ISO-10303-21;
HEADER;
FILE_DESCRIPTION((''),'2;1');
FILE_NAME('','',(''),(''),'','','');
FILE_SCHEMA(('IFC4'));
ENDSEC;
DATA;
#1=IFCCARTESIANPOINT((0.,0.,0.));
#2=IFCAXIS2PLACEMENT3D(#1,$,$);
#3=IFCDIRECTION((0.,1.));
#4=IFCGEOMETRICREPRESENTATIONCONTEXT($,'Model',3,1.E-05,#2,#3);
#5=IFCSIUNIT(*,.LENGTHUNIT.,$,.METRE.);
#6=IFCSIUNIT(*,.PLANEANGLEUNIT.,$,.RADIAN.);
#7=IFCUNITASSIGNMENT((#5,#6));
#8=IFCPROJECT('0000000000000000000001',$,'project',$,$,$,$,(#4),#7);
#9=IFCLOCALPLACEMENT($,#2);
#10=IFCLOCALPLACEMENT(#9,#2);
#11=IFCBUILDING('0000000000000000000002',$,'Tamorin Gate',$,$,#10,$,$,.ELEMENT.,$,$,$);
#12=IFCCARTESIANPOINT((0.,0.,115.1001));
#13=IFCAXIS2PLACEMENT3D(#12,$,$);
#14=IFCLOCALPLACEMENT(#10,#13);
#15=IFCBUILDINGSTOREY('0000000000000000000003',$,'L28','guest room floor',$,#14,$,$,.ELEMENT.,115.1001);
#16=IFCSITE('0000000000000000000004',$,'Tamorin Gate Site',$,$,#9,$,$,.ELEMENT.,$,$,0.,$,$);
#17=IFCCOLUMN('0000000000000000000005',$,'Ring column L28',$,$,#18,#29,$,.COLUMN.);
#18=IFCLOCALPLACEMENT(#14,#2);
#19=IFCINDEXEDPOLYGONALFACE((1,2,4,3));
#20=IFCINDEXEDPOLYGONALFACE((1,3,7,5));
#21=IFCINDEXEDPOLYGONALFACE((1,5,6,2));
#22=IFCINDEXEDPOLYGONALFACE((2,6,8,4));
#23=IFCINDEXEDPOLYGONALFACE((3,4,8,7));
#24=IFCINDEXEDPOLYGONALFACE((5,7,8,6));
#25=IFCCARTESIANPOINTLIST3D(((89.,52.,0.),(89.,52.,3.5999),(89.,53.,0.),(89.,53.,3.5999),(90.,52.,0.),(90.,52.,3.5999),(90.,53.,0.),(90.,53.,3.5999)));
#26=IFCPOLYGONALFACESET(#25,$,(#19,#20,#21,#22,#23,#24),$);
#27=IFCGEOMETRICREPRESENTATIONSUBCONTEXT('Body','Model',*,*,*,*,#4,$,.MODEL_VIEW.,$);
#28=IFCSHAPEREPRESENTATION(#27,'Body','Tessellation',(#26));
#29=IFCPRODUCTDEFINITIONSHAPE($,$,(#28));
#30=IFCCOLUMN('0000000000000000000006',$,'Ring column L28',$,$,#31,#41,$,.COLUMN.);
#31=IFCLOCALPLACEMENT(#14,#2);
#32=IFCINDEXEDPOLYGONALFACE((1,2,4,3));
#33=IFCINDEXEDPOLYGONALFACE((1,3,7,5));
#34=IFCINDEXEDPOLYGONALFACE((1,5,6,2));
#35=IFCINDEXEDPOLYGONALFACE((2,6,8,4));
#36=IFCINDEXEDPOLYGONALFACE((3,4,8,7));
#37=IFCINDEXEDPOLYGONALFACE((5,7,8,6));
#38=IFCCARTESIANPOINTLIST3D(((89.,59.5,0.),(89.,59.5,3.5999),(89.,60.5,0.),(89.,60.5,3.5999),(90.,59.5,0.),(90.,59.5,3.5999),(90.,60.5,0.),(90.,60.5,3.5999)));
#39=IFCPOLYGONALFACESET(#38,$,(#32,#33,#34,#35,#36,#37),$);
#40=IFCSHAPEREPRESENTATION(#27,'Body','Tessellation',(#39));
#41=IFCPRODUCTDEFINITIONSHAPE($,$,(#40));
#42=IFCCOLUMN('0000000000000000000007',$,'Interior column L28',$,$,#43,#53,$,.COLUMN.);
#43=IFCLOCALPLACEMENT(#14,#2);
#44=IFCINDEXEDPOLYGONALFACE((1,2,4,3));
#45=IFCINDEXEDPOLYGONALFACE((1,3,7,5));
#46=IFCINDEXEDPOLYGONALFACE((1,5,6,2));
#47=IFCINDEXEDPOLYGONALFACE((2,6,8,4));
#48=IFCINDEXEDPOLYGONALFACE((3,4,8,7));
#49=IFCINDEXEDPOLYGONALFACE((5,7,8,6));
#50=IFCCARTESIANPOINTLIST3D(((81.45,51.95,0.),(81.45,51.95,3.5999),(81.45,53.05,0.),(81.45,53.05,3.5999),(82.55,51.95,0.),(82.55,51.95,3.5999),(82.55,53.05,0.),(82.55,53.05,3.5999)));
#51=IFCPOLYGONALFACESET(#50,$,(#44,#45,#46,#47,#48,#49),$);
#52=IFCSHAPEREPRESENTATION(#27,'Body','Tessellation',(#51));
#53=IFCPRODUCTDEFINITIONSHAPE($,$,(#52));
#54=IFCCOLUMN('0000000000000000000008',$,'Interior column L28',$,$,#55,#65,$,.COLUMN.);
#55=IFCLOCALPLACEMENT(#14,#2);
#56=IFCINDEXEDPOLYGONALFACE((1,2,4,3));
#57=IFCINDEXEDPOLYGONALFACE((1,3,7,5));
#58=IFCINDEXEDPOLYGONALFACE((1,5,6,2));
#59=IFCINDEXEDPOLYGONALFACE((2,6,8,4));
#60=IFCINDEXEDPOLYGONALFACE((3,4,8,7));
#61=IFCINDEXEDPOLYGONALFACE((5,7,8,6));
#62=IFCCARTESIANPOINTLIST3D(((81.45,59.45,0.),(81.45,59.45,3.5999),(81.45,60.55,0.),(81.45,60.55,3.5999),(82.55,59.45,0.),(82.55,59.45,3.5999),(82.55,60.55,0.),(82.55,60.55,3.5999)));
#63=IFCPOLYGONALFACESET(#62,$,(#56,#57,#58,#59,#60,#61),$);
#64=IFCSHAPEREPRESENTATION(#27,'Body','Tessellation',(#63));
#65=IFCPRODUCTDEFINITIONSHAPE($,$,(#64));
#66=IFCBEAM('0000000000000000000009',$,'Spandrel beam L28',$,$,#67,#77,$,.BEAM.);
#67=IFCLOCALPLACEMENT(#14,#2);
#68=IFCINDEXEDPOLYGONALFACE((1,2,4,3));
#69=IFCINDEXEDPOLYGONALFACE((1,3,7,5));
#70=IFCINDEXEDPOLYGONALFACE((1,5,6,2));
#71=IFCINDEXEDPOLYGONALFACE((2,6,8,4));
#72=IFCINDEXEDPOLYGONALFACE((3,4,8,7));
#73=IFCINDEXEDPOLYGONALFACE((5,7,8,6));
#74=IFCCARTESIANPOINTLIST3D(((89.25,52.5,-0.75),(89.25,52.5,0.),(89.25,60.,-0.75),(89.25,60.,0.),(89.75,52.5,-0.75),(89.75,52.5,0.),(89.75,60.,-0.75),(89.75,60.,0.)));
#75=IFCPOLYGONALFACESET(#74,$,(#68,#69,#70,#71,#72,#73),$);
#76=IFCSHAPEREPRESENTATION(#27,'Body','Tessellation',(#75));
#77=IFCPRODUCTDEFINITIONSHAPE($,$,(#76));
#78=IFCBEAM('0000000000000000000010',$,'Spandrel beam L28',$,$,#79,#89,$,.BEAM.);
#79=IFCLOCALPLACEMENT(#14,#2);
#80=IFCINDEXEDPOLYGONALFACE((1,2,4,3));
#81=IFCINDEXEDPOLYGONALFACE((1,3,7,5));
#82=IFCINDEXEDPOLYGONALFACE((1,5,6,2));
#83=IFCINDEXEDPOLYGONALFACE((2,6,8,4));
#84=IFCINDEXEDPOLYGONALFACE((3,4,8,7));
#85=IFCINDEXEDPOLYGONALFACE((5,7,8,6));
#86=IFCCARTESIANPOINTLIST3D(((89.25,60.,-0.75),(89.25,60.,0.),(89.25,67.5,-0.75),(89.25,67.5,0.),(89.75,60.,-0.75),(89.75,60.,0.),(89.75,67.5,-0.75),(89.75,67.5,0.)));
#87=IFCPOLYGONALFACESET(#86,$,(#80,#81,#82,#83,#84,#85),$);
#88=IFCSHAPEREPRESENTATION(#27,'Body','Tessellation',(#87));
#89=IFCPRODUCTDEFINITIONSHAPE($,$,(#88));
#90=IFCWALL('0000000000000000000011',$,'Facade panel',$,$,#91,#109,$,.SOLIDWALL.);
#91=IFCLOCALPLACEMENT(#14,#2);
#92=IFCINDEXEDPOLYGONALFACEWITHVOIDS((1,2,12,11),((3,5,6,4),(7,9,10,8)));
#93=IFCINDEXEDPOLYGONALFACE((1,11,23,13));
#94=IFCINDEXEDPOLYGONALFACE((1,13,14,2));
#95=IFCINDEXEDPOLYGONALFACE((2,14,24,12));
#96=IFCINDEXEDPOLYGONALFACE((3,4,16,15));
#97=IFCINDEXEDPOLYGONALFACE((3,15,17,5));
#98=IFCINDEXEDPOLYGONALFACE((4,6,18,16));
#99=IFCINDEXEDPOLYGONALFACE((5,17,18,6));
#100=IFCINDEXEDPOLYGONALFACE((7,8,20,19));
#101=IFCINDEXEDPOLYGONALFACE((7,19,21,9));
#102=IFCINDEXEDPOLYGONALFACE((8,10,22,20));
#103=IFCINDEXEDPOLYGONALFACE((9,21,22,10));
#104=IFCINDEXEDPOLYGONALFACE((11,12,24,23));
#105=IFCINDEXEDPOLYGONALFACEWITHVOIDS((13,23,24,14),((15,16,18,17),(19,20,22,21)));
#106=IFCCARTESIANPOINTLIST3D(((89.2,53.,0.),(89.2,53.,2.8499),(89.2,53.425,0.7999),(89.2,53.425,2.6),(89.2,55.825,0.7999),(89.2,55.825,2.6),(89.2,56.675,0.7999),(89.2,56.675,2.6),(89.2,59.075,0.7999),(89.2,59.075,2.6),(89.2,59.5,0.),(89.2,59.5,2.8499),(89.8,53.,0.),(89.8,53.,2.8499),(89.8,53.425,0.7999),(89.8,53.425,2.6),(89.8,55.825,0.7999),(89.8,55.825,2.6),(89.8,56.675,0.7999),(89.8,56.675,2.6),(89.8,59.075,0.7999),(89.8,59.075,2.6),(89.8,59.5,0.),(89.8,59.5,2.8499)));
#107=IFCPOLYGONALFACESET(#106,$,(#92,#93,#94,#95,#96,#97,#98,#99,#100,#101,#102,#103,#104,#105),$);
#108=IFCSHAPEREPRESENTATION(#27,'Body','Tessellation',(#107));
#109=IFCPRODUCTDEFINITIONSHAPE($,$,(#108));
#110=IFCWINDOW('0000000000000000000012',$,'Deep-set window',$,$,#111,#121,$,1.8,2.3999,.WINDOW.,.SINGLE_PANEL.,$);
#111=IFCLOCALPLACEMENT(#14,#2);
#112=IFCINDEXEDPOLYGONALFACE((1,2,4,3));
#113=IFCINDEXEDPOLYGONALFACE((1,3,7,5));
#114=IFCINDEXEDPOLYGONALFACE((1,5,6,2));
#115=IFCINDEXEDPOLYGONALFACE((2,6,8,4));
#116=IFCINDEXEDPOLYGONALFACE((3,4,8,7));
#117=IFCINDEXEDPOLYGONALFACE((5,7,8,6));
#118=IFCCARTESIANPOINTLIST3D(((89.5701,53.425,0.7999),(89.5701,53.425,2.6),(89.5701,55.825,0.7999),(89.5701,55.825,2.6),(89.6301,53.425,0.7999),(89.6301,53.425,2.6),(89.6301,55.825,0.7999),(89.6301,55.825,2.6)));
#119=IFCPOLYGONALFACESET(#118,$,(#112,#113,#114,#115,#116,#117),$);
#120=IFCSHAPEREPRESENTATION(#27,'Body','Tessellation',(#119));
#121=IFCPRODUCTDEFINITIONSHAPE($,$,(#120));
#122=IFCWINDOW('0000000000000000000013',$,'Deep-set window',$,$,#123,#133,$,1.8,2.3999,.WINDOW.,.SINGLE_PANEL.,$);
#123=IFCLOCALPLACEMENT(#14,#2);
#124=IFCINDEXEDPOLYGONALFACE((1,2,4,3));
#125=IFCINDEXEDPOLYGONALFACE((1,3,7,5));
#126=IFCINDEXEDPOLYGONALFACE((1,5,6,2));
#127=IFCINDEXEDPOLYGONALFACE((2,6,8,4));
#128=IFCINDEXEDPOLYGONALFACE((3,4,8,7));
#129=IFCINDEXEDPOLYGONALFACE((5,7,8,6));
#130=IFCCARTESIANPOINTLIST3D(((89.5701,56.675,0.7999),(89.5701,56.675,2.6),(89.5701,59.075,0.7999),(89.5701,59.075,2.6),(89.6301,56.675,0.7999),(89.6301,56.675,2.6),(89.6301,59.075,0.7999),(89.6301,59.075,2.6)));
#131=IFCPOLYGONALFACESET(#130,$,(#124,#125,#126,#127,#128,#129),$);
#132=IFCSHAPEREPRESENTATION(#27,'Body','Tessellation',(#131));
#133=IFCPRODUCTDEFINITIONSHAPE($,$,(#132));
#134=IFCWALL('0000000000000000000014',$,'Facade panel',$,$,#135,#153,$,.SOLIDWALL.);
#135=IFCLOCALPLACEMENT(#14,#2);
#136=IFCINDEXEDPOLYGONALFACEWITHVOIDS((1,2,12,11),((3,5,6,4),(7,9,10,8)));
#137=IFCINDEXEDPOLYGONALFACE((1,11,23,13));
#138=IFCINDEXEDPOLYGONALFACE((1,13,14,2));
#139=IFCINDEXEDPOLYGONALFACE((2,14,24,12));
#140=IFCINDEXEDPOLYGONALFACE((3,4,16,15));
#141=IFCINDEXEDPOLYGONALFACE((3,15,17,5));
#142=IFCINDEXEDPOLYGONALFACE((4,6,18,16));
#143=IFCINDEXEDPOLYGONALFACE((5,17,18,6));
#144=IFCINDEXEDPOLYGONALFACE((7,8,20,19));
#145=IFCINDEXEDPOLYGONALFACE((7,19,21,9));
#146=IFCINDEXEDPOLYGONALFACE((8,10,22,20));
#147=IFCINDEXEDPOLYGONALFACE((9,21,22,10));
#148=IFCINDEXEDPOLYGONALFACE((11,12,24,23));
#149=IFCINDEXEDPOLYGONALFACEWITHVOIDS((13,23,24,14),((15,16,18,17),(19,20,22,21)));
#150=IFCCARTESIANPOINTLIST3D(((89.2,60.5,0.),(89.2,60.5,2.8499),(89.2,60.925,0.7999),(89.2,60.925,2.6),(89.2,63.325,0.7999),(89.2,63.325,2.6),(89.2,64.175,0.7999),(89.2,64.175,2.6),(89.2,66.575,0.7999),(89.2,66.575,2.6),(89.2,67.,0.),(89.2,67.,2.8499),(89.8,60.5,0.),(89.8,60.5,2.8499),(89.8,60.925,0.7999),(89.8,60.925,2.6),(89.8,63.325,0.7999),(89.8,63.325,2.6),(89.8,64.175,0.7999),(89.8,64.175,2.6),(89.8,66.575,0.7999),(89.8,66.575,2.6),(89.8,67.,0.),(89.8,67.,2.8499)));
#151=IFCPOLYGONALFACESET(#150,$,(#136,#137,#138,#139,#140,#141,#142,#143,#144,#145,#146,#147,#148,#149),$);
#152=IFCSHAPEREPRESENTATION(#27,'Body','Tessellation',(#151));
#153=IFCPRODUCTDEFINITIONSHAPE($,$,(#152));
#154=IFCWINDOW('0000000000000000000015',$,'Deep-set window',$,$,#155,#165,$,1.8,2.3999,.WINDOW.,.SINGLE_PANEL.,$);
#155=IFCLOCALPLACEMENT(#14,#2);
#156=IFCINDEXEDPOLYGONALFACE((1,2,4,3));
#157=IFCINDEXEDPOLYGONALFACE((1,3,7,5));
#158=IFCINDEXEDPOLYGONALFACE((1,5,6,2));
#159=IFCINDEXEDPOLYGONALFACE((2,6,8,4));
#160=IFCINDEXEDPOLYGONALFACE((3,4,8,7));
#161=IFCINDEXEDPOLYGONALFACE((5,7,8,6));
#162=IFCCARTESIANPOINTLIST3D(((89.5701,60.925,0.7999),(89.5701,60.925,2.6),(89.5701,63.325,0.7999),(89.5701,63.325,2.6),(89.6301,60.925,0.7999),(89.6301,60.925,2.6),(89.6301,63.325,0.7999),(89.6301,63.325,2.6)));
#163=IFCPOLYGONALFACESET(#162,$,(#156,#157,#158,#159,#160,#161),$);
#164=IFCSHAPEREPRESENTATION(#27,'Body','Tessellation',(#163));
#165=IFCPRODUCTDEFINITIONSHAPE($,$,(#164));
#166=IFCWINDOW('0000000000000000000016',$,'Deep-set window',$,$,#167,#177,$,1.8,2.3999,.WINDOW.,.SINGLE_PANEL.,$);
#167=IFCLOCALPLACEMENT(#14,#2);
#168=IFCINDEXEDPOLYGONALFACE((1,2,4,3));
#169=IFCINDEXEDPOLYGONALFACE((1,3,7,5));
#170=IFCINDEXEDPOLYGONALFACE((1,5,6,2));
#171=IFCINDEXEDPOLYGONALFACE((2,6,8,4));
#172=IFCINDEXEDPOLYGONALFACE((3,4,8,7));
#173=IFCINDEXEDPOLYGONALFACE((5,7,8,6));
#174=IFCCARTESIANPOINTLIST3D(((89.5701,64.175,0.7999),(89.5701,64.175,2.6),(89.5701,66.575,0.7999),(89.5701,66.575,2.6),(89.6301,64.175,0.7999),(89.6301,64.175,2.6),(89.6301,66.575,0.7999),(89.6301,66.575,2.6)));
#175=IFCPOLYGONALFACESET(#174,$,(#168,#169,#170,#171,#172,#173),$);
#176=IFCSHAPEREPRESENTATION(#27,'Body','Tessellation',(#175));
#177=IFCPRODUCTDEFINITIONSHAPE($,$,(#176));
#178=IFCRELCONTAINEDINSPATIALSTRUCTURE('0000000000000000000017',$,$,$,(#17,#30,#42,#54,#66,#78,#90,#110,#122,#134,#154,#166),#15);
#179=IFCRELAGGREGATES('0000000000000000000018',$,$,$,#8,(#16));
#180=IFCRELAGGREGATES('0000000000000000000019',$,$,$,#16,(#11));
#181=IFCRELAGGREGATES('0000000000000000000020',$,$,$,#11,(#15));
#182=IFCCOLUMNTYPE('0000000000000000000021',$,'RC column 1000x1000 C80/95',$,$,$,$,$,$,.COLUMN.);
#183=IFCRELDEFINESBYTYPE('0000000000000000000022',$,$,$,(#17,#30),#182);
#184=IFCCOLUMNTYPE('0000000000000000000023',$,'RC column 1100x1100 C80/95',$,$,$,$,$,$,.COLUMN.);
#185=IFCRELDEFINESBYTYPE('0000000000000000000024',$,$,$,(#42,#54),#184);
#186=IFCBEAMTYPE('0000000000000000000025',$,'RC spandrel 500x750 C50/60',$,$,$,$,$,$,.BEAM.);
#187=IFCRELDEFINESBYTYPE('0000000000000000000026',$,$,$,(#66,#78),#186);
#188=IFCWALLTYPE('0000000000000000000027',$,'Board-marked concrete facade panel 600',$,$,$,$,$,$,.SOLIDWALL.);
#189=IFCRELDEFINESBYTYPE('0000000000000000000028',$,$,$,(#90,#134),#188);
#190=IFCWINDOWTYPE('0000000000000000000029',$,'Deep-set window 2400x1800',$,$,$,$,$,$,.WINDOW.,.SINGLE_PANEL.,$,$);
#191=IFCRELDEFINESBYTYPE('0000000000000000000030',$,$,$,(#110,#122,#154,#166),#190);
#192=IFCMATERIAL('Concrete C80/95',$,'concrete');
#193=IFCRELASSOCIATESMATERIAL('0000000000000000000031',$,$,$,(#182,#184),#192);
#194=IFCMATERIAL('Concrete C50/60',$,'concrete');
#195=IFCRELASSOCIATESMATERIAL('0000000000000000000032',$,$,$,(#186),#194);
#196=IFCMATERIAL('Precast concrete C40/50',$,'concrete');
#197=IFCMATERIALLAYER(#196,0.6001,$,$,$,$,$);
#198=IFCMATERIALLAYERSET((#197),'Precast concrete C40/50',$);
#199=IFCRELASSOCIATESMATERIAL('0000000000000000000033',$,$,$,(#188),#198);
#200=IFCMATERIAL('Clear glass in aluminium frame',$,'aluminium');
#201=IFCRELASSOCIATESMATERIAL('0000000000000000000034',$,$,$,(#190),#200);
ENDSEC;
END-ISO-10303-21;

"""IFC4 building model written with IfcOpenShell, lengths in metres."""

from ifc_helpers import new_model, si_unit, direction, frame, frame_2d, origin, origin_2d, place, context, subcontext, project, spatial, rectangle, extrude, material, layer, layer_set, material_profile, profile_set, type_object, element, fill, save


model = new_model("IFC4")

# Units and contexts
model_context = context("Model", 3, precision=1e-05, world=origin(), true_north=direction((0.0, 1.0)))
body_context = subcontext(model_context, "Body", "Model", "MODEL_VIEW")
ifc_project = project(units=[si_unit("LENGTHUNIT", "METRE"), si_unit("PLANEANGLEUNIT", "RADIAN")], contexts=[model_context])

# Site, building, storey
site_placement = place(None, origin())
site = spatial("IfcSite", under=ifc_project, at=site_placement, Name="Tamorin Gate Site", CompositionType="ELEMENT", RefElevation=0.0)
building_placement = place(site_placement, origin())
building = spatial("IfcBuilding", under=site, at=building_placement, Name="Tamorin Gate", CompositionType="ELEMENT")
storey_placement = place(building_placement, frame((0.0, 0.0, 115.1001)))
storey = spatial("IfcBuildingStorey", under=building, at=storey_placement, Name="L28", Description="guest room floor", CompositionType="ELEMENT", Elevation=115.1001)

# Columns
ifc_material_1 = material(Name="Concrete C80/95", Category="concrete")
ifc_material_profile_1 = material_profile(ifc_material_1, rectangle(XDim=1.0, YDim=1.0, at=origin_2d()), Name="RC 1000x1000")
ifc_profile_set_1 = profile_set([ifc_material_profile_1], Name="Concrete C80/95")
column_type_1 = type_object("IfcColumnType", Name="RC column 1000x1000 C80/95", PredefinedType="COLUMN", material=ifc_profile_set_1)
for number, where, z_axis, x_axis, name in (
    (1, (89.5, 52.5, 0.0), (0.0, 0.0, 1.0), (1.0, 0.0, 0.0), "Ring column L28"),
    (2, (89.5, 60.0, 0.0), (0.0, 0.0, 1.0), (1.0, 0.0, 0.0), "Ring column L28"),
):
    element("IfcColumn", number, at=place(storey_placement, frame(where, z_axis=z_axis, x_axis=x_axis)), inside=storey, type_object=column_type_1, Name=name, PredefinedType="COLUMN", context=body_context, shape_type="SweptSolid", body=[
        extrude(rectangle(XDim=1.0, YDim=1.0, at=origin_2d()), origin(), (0.0, 0.0, 1.0), 3.5999),
    ])
ifc_material_profile_2 = material_profile(ifc_material_1, rectangle(XDim=1.1001, YDim=1.1001, at=origin_2d()), Name="RC 1100x1100")
ifc_profile_set_2 = profile_set([ifc_material_profile_2], Name="Concrete C80/95")
column_type_2 = type_object("IfcColumnType", Name="RC column 1100x1100 C80/95", PredefinedType="COLUMN", material=ifc_profile_set_2)
for number, where, z_axis, x_axis, name in (
    (3, (82.0, 52.5, 0.0), (0.0, 0.0, 1.0), (1.0, 0.0, 0.0), "Interior column L28"),
    (4, (82.0, 60.0, 0.0), (0.0, 0.0, 1.0), (1.0, 0.0, 0.0), "Interior column L28"),
):
    element("IfcColumn", number, at=place(storey_placement, frame(where, z_axis=z_axis, x_axis=x_axis)), inside=storey, type_object=column_type_2, Name=name, PredefinedType="COLUMN", context=body_context, shape_type="SweptSolid", body=[
        extrude(rectangle(XDim=1.1001, YDim=1.1001, at=origin_2d()), origin(), (0.0, 0.0, 1.0), 3.5999),
    ])

# Beams
ifc_material_2 = material(Name="Concrete C50/60", Category="concrete")
ifc_material_profile_3 = material_profile(ifc_material_2, rectangle(XDim=0.5, YDim=0.75, at=origin_2d()), Name="RC 500x750")
ifc_profile_set_3 = profile_set([ifc_material_profile_3], Name="Concrete C50/60")
beam_type = type_object("IfcBeamType", Name="RC spandrel 500x750 C50/60", PredefinedType="BEAM", material=ifc_profile_set_3)
for number, where, z_axis, x_axis, name in (
    (5, (89.5, 52.5, -0.375), (0.0, 1.0, 0.0), (-1.0, 0.0, 0.0), "Spandrel beam L28"),
    (6, (89.5, 60.0, -0.375), (0.0, 1.0, 0.0), (-1.0, 0.0, 0.0), "Spandrel beam L28"),
):
    element("IfcBeam", number, at=place(storey_placement, frame(where, z_axis=z_axis, x_axis=x_axis)), inside=storey, type_object=beam_type, Name=name, PredefinedType="BEAM", context=body_context, shape_type="SweptSolid", body=[
        extrude(rectangle(XDim=0.5, YDim=0.75, at=origin_2d()), origin(), (0.0, 0.0, 1.0), 7.5),
    ])

# Walls, openings, windows
ifc_material_3 = material(Name="Precast concrete C40/50", Category="concrete")
ifc_layer_1 = layer(ifc_material_3, 0.6001)
ifc_layer_set_1 = layer_set([ifc_layer_1], Name="Precast concrete C40/50")
wall_type_1 = type_object("IfcWallType", Name="Board-marked concrete facade panel 600", PredefinedType="SOLIDWALL", material=ifc_layer_set_1)
wall_1_placement = place(storey_placement, frame((89.5, 53.0, 0.0), z_axis=(0.0, 0.0, 1.0), x_axis=(0.0, 1.0, 0.0)))
wall_1 = element("IfcWall", 7, at=wall_1_placement, inside=storey, type_object=wall_type_1, Name="Facade panel", PredefinedType="SOLIDWALL", context=body_context, shape_type="SweptSolid", body=[
    extrude(rectangle(XDim=6.5, YDim=0.6001, at=frame_2d((3.25, 0.0))), origin(), (0.0, 0.0, 1.0), 2.8499),
])
opening_1_placement = place(wall_1_placement, frame((0.425, 0.0, 0.8)))
opening_1 = element("IfcOpeningElement", 8, at=opening_1_placement, cuts=wall_1, PredefinedType="OPENING", context=body_context, shape_type="SweptSolid", body=[
    extrude(rectangle(XDim=2.3999, YDim=1.8, at=frame_2d((1.2, 0.8999))), frame((0.0, 0.3101, 0.0), z_axis=(0.0, -1.0, 0.0), x_axis=(1.0, 0.0, 0.0)), (0.0, 0.0, 1.0), 0.6201),
])
opening_2_placement = place(wall_1_placement, frame((3.675, 0.0, 0.8)))
opening_2 = element("IfcOpeningElement", 9, at=opening_2_placement, cuts=wall_1, PredefinedType="OPENING", context=body_context, shape_type="SweptSolid", body=[
    extrude(rectangle(XDim=2.3999, YDim=1.8, at=frame_2d((1.2, 0.8999))), frame((0.0, 0.3101, 0.0), z_axis=(0.0, -1.0, 0.0), x_axis=(1.0, 0.0, 0.0)), (0.0, 0.0, 1.0), 0.6201),
])
ifc_material_4 = material(Name="Clear glass in aluminium frame", Category="aluminium")
window_type = type_object("IfcWindowType", Name="Deep-set window 2400x1800", PartitioningType="SINGLE_PANEL", PredefinedType="WINDOW", material=ifc_material_4)
window_1_placement = place(opening_1_placement, origin())
window_1 = element("IfcWindow", 10, at=window_1_placement, inside=storey, type_object=window_type, Name="Deep-set window", OverallHeight=1.8, OverallWidth=2.3999, PartitioningType="SINGLE_PANEL", PredefinedType="WINDOW", context=body_context, shape_type="SweptSolid", body=[
    extrude(rectangle(XDim=2.3999, YDim=1.8, at=frame_2d((1.2, 0.8999))), frame((0.0, -0.0701, 0.0), z_axis=(0.0, -1.0, 0.0), x_axis=(1.0, 0.0, 0.0)), (0.0, 0.0, 1.0), 0.0601),
])
fill(opening_1, window_1)
window_2_placement = place(opening_2_placement, origin())
window_2 = element("IfcWindow", 11, at=window_2_placement, inside=storey, type_object=window_type, Name="Deep-set window", OverallHeight=1.8, OverallWidth=2.3999, PartitioningType="SINGLE_PANEL", PredefinedType="WINDOW", context=body_context, shape_type="SweptSolid", body=[
    extrude(rectangle(XDim=2.3999, YDim=1.8, at=frame_2d((1.2, 0.8999))), frame((0.0, -0.0701, 0.0), z_axis=(0.0, -1.0, 0.0), x_axis=(1.0, 0.0, 0.0)), (0.0, 0.0, 1.0), 0.0601),
])
fill(opening_2, window_2)
wall_2_placement = place(storey_placement, frame((89.5, 60.5, 0.0), z_axis=(0.0, 0.0, 1.0), x_axis=(0.0, 1.0, 0.0)))
wall_2 = element("IfcWall", 12, at=wall_2_placement, inside=storey, type_object=wall_type_1, Name="Facade panel", PredefinedType="SOLIDWALL", context=body_context, shape_type="SweptSolid", body=[
    extrude(rectangle(XDim=6.5, YDim=0.6001, at=frame_2d((3.25, 0.0))), origin(), (0.0, 0.0, 1.0), 2.8499),
])
opening_3_placement = place(wall_2_placement, frame((0.425, 0.0, 0.8)))
opening_3 = element("IfcOpeningElement", 13, at=opening_3_placement, cuts=wall_2, PredefinedType="OPENING", context=body_context, shape_type="SweptSolid", body=[
    extrude(rectangle(XDim=2.3999, YDim=1.8, at=frame_2d((1.2, 0.8999))), frame((0.0, 0.3101, 0.0), z_axis=(0.0, -1.0, 0.0), x_axis=(1.0, 0.0, 0.0)), (0.0, 0.0, 1.0), 0.6201),
])
opening_4_placement = place(wall_2_placement, frame((3.675, 0.0, 0.8)))
opening_4 = element("IfcOpeningElement", 14, at=opening_4_placement, cuts=wall_2, PredefinedType="OPENING", context=body_context, shape_type="SweptSolid", body=[
    extrude(rectangle(XDim=2.3999, YDim=1.8, at=frame_2d((1.2, 0.8999))), frame((0.0, 0.3101, 0.0), z_axis=(0.0, -1.0, 0.0), x_axis=(1.0, 0.0, 0.0)), (0.0, 0.0, 1.0), 0.6201),
])
window_3_placement = place(opening_3_placement, origin())
window_3 = element("IfcWindow", 15, at=window_3_placement, inside=storey, type_object=window_type, Name="Deep-set window", OverallHeight=1.8, OverallWidth=2.3999, PartitioningType="SINGLE_PANEL", PredefinedType="WINDOW", context=body_context, shape_type="SweptSolid", body=[
    extrude(rectangle(XDim=2.3999, YDim=1.8, at=frame_2d((1.2, 0.8999))), frame((0.0, -0.0701, 0.0), z_axis=(0.0, -1.0, 0.0), x_axis=(1.0, 0.0, 0.0)), (0.0, 0.0, 1.0), 0.0601),
])
fill(opening_3, window_3)
window_4_placement = place(opening_4_placement, origin())
window_4 = element("IfcWindow", 16, at=window_4_placement, inside=storey, type_object=window_type, Name="Deep-set window", OverallHeight=1.8, OverallWidth=2.3999, PartitioningType="SINGLE_PANEL", PredefinedType="WINDOW", context=body_context, shape_type="SweptSolid", body=[
    extrude(rectangle(XDim=2.3999, YDim=1.8, at=frame_2d((1.2, 0.8999))), frame((0.0, -0.0701, 0.0), z_axis=(0.0, -1.0, 0.0), x_axis=(1.0, 0.0, 0.0)), (0.0, 0.0, 1.0), 0.0601),
])
fill(opening_4, window_4)

save(model, "model.ifc")
